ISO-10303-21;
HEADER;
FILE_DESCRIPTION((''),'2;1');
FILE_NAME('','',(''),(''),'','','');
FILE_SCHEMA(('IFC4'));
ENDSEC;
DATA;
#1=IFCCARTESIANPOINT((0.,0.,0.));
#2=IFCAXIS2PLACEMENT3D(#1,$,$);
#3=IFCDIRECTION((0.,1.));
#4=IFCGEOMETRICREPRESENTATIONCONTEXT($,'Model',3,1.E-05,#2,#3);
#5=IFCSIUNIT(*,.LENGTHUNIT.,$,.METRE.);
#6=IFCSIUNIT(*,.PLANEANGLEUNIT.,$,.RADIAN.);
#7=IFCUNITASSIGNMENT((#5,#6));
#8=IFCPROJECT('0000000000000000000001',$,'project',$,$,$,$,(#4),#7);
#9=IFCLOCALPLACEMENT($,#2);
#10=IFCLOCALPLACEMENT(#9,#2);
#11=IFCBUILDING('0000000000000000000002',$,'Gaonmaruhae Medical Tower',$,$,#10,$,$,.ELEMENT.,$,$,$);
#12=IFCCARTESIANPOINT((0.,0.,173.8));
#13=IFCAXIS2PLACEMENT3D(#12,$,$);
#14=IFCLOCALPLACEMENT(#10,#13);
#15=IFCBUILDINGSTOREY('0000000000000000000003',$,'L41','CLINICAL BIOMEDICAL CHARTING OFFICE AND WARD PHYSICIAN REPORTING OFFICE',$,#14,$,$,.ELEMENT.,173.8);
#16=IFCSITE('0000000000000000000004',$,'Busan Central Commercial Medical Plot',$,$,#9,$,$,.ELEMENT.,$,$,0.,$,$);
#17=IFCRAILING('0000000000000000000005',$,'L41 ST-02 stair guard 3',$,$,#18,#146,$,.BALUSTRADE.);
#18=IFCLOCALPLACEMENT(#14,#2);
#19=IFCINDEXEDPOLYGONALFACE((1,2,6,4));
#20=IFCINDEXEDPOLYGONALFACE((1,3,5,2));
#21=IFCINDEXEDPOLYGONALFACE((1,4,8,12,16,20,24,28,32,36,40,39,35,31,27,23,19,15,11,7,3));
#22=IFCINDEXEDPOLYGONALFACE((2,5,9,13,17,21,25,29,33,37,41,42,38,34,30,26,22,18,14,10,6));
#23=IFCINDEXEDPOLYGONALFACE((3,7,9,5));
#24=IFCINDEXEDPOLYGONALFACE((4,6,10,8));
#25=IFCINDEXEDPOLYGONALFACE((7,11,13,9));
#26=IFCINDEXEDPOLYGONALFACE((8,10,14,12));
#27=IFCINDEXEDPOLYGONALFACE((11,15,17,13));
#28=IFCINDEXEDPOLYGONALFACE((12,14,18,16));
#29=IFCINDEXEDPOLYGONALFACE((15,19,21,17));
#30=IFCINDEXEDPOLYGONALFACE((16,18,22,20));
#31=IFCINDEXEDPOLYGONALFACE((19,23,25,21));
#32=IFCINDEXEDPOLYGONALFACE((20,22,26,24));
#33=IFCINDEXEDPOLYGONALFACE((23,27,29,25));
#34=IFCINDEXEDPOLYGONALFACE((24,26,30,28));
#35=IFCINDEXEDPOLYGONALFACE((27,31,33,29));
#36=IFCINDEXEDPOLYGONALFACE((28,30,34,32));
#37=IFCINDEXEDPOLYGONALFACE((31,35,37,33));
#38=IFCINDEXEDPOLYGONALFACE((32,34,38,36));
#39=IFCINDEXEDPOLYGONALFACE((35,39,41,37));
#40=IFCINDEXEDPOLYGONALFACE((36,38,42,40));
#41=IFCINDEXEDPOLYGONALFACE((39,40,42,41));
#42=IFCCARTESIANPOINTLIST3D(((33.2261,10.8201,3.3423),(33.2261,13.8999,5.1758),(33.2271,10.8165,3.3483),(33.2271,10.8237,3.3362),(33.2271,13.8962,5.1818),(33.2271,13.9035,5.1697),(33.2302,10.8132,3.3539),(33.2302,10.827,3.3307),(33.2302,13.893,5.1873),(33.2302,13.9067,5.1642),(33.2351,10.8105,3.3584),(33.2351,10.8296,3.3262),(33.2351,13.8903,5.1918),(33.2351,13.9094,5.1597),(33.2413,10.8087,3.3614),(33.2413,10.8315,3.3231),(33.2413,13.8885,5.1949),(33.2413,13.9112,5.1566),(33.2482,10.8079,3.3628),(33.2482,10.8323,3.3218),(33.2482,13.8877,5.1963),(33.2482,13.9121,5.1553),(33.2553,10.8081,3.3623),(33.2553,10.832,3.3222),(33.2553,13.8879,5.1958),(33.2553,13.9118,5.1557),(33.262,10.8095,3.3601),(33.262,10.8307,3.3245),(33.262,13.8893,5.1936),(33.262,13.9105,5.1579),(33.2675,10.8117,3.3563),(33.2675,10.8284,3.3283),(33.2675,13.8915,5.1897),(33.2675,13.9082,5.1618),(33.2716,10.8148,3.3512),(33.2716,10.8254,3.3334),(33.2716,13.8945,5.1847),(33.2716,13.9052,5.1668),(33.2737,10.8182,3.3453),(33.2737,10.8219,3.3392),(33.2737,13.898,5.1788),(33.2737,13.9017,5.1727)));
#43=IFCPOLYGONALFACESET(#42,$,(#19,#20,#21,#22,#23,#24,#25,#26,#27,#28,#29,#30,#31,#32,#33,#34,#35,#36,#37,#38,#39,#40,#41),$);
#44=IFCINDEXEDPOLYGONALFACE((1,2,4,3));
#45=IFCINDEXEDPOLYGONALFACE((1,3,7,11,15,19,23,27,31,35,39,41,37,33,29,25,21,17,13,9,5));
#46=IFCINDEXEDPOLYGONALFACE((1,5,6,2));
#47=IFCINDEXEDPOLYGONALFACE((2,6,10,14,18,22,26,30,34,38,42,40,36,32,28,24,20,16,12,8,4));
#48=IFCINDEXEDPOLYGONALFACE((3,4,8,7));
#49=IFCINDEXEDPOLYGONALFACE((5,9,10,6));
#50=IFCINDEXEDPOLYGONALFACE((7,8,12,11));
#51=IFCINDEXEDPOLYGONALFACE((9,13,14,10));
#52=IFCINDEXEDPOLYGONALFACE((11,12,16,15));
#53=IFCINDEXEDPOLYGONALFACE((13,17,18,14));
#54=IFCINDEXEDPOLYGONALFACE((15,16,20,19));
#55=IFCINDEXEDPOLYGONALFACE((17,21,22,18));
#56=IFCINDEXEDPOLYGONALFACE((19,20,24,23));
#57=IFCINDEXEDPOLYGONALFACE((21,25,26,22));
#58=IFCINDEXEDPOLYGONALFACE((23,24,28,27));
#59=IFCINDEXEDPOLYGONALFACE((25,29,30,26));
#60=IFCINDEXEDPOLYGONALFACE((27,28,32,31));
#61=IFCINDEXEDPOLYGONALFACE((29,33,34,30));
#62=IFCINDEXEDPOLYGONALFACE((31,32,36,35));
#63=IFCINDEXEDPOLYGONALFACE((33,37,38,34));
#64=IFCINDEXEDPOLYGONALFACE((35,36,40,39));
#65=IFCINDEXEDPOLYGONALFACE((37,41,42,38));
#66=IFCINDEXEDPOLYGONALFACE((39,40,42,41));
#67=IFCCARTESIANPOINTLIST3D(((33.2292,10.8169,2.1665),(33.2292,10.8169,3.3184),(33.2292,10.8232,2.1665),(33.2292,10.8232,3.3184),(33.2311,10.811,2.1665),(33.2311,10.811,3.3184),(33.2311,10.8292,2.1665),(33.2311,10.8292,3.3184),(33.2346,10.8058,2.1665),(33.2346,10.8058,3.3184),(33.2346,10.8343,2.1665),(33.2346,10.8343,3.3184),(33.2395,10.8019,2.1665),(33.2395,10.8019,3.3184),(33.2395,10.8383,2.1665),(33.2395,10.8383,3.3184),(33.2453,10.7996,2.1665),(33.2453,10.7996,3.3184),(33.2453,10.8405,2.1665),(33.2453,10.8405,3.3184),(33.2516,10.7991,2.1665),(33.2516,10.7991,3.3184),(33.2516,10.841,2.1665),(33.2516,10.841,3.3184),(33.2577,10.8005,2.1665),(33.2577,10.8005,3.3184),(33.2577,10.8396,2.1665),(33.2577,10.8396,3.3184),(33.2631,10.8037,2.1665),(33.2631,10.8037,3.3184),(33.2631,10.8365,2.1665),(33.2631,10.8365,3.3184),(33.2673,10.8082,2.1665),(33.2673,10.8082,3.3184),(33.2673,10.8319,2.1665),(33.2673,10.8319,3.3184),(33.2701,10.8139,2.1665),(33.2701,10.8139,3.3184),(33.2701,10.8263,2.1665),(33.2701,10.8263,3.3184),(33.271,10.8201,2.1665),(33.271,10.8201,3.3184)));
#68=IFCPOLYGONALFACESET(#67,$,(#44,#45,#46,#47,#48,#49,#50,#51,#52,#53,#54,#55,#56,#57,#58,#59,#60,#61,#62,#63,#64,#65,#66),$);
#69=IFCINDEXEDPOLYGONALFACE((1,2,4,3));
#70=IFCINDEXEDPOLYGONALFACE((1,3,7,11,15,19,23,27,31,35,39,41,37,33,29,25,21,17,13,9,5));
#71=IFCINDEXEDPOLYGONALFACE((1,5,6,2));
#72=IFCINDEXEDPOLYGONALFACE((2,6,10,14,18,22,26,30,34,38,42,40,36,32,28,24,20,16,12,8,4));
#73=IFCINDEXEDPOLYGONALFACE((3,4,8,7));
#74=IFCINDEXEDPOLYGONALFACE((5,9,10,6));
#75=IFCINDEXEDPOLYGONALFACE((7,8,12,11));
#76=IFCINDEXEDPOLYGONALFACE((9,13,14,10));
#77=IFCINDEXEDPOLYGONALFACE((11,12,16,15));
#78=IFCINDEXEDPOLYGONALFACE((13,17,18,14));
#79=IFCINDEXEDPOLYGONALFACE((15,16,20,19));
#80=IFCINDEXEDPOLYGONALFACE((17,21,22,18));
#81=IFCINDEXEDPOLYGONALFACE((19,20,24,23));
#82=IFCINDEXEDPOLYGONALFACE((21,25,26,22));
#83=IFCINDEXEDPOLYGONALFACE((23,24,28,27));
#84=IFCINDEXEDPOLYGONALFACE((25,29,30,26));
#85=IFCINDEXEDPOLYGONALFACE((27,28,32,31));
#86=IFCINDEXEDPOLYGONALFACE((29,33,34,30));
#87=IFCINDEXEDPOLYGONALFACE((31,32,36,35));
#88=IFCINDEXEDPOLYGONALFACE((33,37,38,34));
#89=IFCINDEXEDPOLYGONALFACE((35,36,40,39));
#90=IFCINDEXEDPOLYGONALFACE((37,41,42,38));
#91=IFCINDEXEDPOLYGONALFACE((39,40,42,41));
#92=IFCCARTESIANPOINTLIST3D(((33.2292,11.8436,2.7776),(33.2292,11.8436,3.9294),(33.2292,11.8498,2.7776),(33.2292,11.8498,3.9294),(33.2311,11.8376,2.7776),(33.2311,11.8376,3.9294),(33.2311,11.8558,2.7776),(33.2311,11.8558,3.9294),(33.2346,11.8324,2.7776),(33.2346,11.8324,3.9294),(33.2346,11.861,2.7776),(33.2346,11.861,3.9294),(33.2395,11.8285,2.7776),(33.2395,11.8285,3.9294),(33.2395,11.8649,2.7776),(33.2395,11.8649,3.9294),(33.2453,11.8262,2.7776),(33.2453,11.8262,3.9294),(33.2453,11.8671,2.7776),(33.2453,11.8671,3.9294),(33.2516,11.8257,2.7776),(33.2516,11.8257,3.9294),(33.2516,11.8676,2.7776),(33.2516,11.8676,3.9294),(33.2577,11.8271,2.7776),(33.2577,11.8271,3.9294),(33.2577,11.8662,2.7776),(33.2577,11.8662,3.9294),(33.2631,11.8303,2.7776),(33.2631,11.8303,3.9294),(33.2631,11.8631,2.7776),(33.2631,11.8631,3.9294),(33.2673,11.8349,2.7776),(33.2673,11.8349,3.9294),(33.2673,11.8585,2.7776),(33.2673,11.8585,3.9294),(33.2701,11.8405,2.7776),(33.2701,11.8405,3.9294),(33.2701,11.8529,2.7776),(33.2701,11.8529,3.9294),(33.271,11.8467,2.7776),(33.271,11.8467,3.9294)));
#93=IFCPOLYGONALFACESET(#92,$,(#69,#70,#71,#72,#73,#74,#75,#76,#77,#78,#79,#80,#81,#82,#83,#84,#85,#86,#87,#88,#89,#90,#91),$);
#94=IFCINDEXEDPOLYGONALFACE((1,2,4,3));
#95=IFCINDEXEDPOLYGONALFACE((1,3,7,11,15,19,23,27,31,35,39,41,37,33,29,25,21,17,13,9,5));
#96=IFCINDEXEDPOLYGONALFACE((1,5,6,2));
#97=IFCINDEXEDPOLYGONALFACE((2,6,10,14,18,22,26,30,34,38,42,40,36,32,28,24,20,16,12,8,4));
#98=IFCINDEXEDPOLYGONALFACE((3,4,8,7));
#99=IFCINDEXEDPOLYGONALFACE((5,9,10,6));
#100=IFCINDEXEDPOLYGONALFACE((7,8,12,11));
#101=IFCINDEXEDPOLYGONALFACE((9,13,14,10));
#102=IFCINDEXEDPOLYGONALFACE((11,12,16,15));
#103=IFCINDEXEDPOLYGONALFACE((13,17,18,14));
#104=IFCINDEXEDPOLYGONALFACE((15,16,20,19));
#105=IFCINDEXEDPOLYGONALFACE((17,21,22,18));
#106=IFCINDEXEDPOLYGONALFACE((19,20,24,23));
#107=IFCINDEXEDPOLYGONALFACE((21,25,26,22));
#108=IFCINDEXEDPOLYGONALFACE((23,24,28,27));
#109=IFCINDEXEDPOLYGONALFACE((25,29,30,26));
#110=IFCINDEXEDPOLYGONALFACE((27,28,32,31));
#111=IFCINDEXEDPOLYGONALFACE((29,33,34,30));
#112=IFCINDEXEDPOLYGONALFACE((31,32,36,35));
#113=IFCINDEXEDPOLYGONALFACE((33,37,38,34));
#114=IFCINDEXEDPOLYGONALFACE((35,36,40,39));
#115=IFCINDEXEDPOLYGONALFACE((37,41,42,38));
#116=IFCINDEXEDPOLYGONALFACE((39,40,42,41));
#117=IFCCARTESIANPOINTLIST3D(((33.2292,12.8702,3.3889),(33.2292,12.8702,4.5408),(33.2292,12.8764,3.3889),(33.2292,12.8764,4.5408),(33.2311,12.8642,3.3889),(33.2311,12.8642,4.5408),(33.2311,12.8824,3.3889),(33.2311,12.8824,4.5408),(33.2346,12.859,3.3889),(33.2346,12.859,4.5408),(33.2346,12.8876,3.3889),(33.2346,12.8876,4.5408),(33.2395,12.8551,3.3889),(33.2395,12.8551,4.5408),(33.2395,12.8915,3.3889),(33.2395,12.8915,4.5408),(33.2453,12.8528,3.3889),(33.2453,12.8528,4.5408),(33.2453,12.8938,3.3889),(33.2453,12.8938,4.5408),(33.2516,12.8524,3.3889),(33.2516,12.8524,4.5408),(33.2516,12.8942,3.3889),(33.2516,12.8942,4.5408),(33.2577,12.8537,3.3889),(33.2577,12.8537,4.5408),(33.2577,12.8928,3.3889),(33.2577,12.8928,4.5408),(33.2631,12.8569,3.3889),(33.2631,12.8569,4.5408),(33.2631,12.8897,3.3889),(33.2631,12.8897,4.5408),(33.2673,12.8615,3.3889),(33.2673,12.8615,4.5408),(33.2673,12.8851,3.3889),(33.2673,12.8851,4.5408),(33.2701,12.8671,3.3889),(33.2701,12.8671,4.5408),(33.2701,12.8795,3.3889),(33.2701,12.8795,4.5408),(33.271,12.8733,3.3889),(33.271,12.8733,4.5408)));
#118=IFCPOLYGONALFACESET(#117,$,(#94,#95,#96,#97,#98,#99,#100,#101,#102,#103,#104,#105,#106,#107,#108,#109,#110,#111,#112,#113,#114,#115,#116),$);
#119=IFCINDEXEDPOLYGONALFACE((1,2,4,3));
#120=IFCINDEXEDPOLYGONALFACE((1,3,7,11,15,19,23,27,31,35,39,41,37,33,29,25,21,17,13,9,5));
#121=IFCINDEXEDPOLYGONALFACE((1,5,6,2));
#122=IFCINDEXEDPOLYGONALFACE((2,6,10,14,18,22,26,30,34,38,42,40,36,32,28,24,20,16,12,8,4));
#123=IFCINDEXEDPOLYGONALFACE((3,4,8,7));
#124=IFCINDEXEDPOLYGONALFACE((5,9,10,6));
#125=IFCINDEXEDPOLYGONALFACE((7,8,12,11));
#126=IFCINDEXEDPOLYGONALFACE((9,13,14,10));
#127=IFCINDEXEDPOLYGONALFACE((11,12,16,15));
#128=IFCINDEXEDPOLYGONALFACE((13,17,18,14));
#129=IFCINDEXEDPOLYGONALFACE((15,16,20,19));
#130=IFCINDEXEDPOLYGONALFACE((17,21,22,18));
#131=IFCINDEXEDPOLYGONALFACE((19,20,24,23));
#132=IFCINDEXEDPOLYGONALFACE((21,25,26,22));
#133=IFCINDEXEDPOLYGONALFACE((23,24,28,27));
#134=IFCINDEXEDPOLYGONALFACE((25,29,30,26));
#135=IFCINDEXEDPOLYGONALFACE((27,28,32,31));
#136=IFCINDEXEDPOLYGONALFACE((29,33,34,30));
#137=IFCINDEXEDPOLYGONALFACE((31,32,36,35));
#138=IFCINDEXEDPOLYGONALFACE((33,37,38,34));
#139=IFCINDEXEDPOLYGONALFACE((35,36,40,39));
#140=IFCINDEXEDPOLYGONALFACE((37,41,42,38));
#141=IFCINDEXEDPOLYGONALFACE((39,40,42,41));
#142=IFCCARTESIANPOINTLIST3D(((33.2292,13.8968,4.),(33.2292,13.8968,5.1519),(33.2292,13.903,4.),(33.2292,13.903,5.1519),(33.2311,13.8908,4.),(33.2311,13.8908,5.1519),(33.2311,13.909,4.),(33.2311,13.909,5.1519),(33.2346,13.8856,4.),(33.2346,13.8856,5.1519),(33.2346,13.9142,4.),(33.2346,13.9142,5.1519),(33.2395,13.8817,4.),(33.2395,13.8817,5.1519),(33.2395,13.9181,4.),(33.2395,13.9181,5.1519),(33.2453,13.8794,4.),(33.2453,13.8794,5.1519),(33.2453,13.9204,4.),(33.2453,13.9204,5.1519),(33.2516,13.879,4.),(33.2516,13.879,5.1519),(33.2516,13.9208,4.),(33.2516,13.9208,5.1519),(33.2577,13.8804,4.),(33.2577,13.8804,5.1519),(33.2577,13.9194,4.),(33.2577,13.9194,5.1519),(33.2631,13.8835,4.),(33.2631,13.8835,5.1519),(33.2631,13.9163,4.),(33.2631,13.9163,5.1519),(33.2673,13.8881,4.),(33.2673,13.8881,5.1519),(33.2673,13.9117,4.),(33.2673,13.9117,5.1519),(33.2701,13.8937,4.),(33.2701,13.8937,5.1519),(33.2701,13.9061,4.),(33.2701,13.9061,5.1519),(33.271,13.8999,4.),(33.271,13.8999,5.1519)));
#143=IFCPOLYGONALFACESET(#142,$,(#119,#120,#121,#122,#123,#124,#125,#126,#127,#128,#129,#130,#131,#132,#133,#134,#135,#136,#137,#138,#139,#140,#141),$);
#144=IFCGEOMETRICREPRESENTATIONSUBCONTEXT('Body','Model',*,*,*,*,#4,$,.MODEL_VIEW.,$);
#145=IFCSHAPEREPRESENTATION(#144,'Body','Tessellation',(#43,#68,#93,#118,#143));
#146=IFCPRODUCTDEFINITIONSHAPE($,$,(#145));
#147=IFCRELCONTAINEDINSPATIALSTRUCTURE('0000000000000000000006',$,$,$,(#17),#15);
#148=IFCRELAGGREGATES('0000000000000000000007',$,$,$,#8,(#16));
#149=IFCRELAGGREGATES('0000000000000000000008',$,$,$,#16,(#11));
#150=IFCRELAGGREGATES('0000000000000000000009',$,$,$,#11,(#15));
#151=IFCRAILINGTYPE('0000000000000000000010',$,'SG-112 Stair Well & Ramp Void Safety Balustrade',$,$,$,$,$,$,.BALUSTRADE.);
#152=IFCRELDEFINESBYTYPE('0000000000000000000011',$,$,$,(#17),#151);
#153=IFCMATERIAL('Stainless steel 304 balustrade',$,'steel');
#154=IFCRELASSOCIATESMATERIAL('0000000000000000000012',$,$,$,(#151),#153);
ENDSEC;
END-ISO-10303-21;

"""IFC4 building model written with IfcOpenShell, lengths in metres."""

from ifc_helpers import new_model, si_unit, direction, frame, origin, origin_2d, place, context, subcontext, project, spatial, circle, extrude, material, type_object, element, save


model = new_model("IFC4")

# Units and contexts
model_context = context("Model", 3, precision=1e-05, world=origin(), true_north=direction((0.0, 1.0)))
body_context = subcontext(model_context, "Body", "Model", "MODEL_VIEW")
ifc_project = project(units=[si_unit("LENGTHUNIT", "METRE"), si_unit("PLANEANGLEUNIT", "RADIAN")], contexts=[model_context])

# Site, building, storey
site_placement = place(None, origin())
site = spatial("IfcSite", under=ifc_project, at=site_placement, Name="Busan Central Commercial Medical Plot", CompositionType="ELEMENT", RefElevation=0.0)
building_placement = place(site_placement, origin())
building = spatial("IfcBuilding", under=site, at=building_placement, Name="Gaonmaruhae Medical Tower", CompositionType="ELEMENT")
storey_placement = place(building_placement, frame((0.0, 0.0, 173.8)))
storey = spatial("IfcBuildingStorey", under=building, at=storey_placement, Name="L41", Description="CLINICAL BIOMEDICAL CHARTING OFFICE AND WARD PHYSICIAN REPORTING OFFICE", CompositionType="ELEMENT", Elevation=173.8)

# Railing
ifc_material_1 = material(Name="Stainless steel 304 balustrade", Category="steel")
railing_type_1 = type_object("IfcRailingType", Name="SG-112 Stair Well & Ramp Void Safety Balustrade", PredefinedType="BALUSTRADE", material=ifc_material_1)
railing_1_placement = place(storey_placement, frame((33.25, 10.8201, 2.1665)))
element("IfcRailing", 1, at=railing_1_placement, inside=storey, type_object=railing_type_1, Name="L41 ST-02 stair guard 3", PredefinedType="BALUSTRADE", context=body_context, shape_type="SweptSolid", body=[
    extrude(circle(Radius=0.0239, at=origin_2d()), frame((0.0, 0.0, 1.1758), z_axis=(0.0, 0.859261, 0.511538), x_axis=(-1.0, 0.0, 0.0)), (0.0, 0.0, 1.0), 3.5842),
    extrude(circle(Radius=0.021, at=origin_2d()), origin(), (0.0, 0.0, 1.0), 1.1519),
    extrude(circle(Radius=0.021, at=origin_2d()), frame((0.0, 1.0266, 0.6111)), (0.0, 0.0, 1.0), 1.1519),
    extrude(circle(Radius=0.021, at=origin_2d()), frame((0.0, 2.0532, 1.2224)), (0.0, 0.0, 1.0), 1.1519),
    extrude(circle(Radius=0.021, at=origin_2d()), frame((0.0, 3.0798, 1.8335)), (0.0, 0.0, 1.0), 1.1519),
])

save(model, "model.ifc")
